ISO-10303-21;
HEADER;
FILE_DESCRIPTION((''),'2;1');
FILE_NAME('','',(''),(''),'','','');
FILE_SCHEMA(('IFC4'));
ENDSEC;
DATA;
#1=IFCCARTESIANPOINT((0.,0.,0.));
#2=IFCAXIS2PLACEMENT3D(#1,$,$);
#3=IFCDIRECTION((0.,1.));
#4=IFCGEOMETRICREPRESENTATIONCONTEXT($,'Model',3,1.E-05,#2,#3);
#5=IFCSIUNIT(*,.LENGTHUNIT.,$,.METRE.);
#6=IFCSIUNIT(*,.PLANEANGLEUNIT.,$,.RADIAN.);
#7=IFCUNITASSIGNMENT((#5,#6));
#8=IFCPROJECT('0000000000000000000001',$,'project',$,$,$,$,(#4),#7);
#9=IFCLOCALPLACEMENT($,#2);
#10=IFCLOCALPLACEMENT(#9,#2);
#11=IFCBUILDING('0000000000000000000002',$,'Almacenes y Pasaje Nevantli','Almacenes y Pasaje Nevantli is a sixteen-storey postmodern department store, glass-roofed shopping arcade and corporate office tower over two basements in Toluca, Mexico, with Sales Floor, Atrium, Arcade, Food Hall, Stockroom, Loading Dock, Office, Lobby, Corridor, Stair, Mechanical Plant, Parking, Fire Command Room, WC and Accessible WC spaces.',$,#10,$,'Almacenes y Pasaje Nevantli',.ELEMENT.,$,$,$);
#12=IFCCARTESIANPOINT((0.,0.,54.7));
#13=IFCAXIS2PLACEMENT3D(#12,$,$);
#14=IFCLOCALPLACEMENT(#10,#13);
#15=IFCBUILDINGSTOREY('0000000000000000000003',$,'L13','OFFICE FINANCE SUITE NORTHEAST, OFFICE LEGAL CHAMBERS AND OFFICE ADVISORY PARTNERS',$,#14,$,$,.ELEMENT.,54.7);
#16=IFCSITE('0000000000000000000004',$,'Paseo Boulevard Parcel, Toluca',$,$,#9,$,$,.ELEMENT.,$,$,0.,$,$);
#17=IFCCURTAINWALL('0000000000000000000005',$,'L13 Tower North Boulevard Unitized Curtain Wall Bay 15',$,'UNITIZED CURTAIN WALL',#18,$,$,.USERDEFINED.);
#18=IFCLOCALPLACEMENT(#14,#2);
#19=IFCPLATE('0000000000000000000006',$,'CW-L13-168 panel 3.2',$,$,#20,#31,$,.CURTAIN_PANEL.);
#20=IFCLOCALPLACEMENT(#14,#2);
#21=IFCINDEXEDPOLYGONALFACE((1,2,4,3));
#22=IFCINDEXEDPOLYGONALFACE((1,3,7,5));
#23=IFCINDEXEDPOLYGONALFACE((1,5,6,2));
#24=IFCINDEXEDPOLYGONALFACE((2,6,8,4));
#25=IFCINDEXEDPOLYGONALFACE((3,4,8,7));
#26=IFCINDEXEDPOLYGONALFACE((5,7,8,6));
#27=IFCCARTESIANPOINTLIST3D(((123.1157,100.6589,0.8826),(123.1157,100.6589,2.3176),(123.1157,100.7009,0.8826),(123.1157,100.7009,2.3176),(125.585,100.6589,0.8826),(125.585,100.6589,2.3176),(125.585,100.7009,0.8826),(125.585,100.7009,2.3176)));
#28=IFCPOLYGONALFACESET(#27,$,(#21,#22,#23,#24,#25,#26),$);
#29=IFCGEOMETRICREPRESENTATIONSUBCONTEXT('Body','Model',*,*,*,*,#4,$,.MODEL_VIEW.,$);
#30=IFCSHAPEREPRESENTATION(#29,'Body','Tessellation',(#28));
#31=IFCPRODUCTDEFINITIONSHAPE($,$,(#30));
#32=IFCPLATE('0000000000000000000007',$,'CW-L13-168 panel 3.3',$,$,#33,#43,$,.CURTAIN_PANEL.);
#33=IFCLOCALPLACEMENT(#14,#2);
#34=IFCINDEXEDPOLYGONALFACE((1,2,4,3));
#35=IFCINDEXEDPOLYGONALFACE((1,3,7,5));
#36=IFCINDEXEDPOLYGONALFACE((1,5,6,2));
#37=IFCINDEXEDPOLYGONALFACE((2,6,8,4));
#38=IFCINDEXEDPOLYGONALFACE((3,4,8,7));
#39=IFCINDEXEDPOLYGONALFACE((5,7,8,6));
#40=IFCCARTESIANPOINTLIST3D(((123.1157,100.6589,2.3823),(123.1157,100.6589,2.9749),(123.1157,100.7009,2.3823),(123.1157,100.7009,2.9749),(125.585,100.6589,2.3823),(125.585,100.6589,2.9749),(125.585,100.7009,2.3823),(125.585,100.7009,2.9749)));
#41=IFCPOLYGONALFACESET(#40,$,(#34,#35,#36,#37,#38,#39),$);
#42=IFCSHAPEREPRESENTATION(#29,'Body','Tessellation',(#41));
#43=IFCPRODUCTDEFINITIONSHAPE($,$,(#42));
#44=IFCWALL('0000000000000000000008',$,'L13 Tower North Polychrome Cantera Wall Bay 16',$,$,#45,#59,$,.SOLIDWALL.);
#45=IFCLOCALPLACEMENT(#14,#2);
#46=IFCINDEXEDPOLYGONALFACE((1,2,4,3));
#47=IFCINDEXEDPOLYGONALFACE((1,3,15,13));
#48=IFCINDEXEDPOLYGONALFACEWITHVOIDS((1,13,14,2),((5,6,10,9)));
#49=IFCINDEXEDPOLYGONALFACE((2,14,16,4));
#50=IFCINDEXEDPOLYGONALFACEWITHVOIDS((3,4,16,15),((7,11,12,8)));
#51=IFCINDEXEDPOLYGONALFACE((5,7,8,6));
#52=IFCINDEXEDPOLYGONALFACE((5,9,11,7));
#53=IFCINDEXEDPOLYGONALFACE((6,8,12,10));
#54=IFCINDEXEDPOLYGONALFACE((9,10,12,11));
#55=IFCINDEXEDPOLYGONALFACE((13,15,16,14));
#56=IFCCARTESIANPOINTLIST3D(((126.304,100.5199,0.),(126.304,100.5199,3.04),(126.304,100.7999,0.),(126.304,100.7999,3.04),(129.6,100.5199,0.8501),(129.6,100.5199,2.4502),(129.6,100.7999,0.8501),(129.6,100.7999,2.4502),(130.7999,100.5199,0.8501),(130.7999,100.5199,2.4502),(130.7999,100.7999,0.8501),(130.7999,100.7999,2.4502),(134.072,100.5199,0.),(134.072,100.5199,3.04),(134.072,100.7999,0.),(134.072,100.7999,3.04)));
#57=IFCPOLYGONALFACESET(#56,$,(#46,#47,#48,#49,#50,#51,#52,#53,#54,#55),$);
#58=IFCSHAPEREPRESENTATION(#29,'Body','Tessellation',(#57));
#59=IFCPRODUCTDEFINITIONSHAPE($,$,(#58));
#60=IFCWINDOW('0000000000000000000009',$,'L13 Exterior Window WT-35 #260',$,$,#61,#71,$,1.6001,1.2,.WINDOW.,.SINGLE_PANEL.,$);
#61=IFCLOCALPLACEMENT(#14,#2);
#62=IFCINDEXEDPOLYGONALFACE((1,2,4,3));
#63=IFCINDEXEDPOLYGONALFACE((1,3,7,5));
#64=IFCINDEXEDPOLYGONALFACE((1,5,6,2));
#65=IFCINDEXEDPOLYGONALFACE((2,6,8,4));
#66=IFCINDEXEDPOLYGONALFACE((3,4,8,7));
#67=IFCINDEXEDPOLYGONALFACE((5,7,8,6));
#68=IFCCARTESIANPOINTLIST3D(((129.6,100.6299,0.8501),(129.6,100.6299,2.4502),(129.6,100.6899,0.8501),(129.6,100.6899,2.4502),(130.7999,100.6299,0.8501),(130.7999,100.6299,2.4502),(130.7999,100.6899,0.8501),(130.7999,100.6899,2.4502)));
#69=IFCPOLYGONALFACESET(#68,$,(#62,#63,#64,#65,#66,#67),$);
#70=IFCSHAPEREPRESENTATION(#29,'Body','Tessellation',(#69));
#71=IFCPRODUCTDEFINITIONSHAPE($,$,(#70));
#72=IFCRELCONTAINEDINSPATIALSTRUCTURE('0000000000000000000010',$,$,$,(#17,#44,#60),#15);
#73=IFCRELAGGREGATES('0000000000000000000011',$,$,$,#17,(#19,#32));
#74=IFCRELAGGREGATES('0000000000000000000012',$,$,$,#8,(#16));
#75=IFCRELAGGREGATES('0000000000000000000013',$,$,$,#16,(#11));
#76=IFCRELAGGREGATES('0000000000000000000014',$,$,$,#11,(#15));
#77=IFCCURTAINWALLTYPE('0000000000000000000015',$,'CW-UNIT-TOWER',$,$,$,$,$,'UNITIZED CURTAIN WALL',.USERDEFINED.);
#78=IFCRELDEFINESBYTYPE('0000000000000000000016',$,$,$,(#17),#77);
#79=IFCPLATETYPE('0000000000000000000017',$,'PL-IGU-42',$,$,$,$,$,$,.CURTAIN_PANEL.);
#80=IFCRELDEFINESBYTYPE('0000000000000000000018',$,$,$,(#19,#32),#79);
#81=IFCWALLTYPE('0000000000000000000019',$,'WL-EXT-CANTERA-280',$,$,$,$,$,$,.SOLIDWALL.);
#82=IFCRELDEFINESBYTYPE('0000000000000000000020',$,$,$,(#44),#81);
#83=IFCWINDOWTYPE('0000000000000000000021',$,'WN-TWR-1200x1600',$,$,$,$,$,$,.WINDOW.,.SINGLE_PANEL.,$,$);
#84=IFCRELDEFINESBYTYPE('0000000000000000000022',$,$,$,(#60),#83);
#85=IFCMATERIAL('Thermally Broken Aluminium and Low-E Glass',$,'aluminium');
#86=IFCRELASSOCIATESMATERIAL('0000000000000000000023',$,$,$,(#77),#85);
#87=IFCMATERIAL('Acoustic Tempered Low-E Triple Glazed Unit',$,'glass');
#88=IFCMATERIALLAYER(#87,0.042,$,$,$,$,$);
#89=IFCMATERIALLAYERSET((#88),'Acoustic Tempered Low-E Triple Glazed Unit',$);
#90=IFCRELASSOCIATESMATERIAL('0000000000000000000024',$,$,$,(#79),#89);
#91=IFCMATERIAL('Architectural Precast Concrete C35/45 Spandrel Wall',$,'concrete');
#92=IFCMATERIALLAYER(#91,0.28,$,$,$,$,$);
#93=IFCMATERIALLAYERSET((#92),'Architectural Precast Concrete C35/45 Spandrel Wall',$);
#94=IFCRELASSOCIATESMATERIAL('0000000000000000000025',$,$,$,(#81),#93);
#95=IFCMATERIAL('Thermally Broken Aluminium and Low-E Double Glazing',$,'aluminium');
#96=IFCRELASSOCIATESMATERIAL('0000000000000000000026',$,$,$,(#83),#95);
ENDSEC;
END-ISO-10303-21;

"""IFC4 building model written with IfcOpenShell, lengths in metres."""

from ifc_helpers import new_model, si_unit, direction, frame, frame_2d, origin, origin_2d, place, context, subcontext, project, spatial, rectangle, extrude, material, layer, layer_set, type_object, element, fill, aggregate, save


model = new_model("IFC4")

# Units and contexts
model_context = context("Model", 3, precision=1e-05, world=origin(), true_north=direction((0.0, 1.0)))
body_context = subcontext(model_context, "Body", "Model", "MODEL_VIEW")
ifc_project = project(units=[si_unit("LENGTHUNIT", "METRE"), si_unit("PLANEANGLEUNIT", "RADIAN")], contexts=[model_context])

# Site, building, storey
site_placement = place(None, origin())
site = spatial("IfcSite", under=ifc_project, at=site_placement, Name="Paseo Boulevard Parcel, Toluca", CompositionType="ELEMENT", RefElevation=0.0)
building_placement = place(site_placement, origin())
building = spatial("IfcBuilding", under=site, at=building_placement, Name="Almacenes y Pasaje Nevantli", Description="Almacenes y Pasaje Nevantli is a sixteen-storey postmodern department store, glass-roofed shopping arcade and corporate office tower over two basements in Toluca, Mexico, with Sales Floor, Atrium, Arcade, Food Hall, Stockroom, Loading Dock, Office, Lobby, Corridor, Stair, Mechanical Plant, Parking, Fire Command Room, WC and Accessible WC spaces.", LongName="Almacenes y Pasaje Nevantli", CompositionType="ELEMENT")
storey_placement = place(building_placement, frame((0.0, 0.0, 54.7)))
storey = spatial("IfcBuildingStorey", under=building, at=storey_placement, Name="L13", Description="OFFICE FINANCE SUITE NORTHEAST, OFFICE LEGAL CHAMBERS AND OFFICE ADVISORY PARTNERS", CompositionType="ELEMENT", Elevation=54.7)

# Curtain wall
ifc_material_1 = material(Name="Thermally Broken Aluminium and Low-E Glass", Category="aluminium")
curtain_wall_type = type_object("IfcCurtainWallType", Name="CW-UNIT-TOWER", ElementType="UNITIZED CURTAIN WALL", PredefinedType="USERDEFINED", material=ifc_material_1)
curtain_wall_1_placement = place(storey_placement, origin())
curtain_wall_1 = element("IfcCurtainWall", 1, at=curtain_wall_1_placement, inside=storey, type_object=curtain_wall_type, Name="L13 Tower North Boulevard Unitized Curtain Wall Bay 15", ObjectType="UNITIZED CURTAIN WALL", PredefinedType="USERDEFINED")

# Plates
ifc_material_2 = material(Name="Acoustic Tempered Low-E Triple Glazed Unit", Category="glass")
ifc_layer_1 = layer(ifc_material_2, 0.042)
ifc_layer_set_1 = layer_set([ifc_layer_1], Name="Acoustic Tempered Low-E Triple Glazed Unit")
plate_type = type_object("IfcPlateType", Name="PL-IGU-42", PredefinedType="CURTAIN_PANEL", material=ifc_layer_set_1)
plate_1_placement = place(storey_placement, frame((124.3503, 100.6799, 0.8826), z_axis=(0.0, 0.0, 1.0), x_axis=(1.0, 0.0, 0.0)))
plate_1 = element("IfcPlate", 2, at=plate_1_placement, type_object=plate_type, Name="CW-L13-168 panel 3.2", PredefinedType="CURTAIN_PANEL", context=body_context, shape_type="SweptSolid", body=[
    extrude(rectangle(XDim=2.4692, YDim=0.042, at=origin_2d()), origin(), (0.0, 0.0, 1.0), 1.4351),
])
plate_2_placement = place(storey_placement, frame((124.3503, 100.6799, 2.3823), z_axis=(0.0, 0.0, 1.0), x_axis=(1.0, 0.0, 0.0)))
plate_2 = element("IfcPlate", 3, at=plate_2_placement, type_object=plate_type, Name="CW-L13-168 panel 3.3", PredefinedType="CURTAIN_PANEL", context=body_context, shape_type="SweptSolid", body=[
    extrude(rectangle(XDim=2.4692, YDim=0.042, at=origin_2d()), origin(), (0.0, 0.0, 1.0), 0.5925),
])
aggregate(curtain_wall_1, [plate_1, plate_2])

# Wall, opening, window
ifc_material_3 = material(Name="Architectural Precast Concrete C35/45 Spandrel Wall", Category="concrete")
ifc_layer_2 = layer(ifc_material_3, 0.28)
ifc_layer_set_2 = layer_set([ifc_layer_2], Name="Architectural Precast Concrete C35/45 Spandrel Wall")
wall_type = type_object("IfcWallType", Name="WL-EXT-CANTERA-280", PredefinedType="SOLIDWALL", material=ifc_layer_set_2)
wall_placement = place(storey_placement, frame((126.304, 100.6599, 0.0), z_axis=(0.0, 0.0, 1.0), x_axis=(1.0, 0.0, 0.0)))
wall = element("IfcWall", 4, at=wall_placement, inside=storey, type_object=wall_type, Name="L13 Tower North Polychrome Cantera Wall Bay 16", PredefinedType="SOLIDWALL", context=body_context, shape_type="SweptSolid", body=[
    extrude(rectangle(XDim=7.7681, YDim=0.28, at=frame_2d((3.884, 0.0))), origin(), (0.0, 0.0, 1.0), 3.04),
])
opening_placement = place(wall_placement, frame((3.2959, 0.0, 0.8501)))
opening = element("IfcOpeningElement", 5, at=opening_placement, cuts=wall, PredefinedType="OPENING", context=body_context, shape_type="SweptSolid", body=[
    extrude(rectangle(XDim=1.2, YDim=1.6001, at=frame_2d((0.6001, 0.8))), frame((0.0, 0.1499, 0.0), z_axis=(0.0, -1.0, 0.0), x_axis=(1.0, 0.0, 0.0)), (0.0, 0.0, 1.0), 0.3),
])
ifc_material_4 = material(Name="Thermally Broken Aluminium and Low-E Double Glazing", Category="aluminium")
window_type = type_object("IfcWindowType", Name="WN-TWR-1200x1600", PartitioningType="SINGLE_PANEL", PredefinedType="WINDOW", material=ifc_material_4)
window_placement = place(opening_placement, origin())
window = element("IfcWindow", 6, at=window_placement, inside=storey, type_object=window_type, Name="L13 Exterior Window WT-35 #260", OverallHeight=1.6001, OverallWidth=1.2, PartitioningType="SINGLE_PANEL", PredefinedType="WINDOW", context=body_context, shape_type="SweptSolid", body=[
    extrude(rectangle(XDim=1.2, YDim=1.6001, at=frame_2d((0.6001, 0.8))), frame((0.0, 0.03, 0.0), z_axis=(0.0, -1.0, 0.0), x_axis=(1.0, 0.0, 0.0)), (0.0, 0.0, 1.0), 0.0601),
])
fill(opening, window)

save(model, "model.ifc")
